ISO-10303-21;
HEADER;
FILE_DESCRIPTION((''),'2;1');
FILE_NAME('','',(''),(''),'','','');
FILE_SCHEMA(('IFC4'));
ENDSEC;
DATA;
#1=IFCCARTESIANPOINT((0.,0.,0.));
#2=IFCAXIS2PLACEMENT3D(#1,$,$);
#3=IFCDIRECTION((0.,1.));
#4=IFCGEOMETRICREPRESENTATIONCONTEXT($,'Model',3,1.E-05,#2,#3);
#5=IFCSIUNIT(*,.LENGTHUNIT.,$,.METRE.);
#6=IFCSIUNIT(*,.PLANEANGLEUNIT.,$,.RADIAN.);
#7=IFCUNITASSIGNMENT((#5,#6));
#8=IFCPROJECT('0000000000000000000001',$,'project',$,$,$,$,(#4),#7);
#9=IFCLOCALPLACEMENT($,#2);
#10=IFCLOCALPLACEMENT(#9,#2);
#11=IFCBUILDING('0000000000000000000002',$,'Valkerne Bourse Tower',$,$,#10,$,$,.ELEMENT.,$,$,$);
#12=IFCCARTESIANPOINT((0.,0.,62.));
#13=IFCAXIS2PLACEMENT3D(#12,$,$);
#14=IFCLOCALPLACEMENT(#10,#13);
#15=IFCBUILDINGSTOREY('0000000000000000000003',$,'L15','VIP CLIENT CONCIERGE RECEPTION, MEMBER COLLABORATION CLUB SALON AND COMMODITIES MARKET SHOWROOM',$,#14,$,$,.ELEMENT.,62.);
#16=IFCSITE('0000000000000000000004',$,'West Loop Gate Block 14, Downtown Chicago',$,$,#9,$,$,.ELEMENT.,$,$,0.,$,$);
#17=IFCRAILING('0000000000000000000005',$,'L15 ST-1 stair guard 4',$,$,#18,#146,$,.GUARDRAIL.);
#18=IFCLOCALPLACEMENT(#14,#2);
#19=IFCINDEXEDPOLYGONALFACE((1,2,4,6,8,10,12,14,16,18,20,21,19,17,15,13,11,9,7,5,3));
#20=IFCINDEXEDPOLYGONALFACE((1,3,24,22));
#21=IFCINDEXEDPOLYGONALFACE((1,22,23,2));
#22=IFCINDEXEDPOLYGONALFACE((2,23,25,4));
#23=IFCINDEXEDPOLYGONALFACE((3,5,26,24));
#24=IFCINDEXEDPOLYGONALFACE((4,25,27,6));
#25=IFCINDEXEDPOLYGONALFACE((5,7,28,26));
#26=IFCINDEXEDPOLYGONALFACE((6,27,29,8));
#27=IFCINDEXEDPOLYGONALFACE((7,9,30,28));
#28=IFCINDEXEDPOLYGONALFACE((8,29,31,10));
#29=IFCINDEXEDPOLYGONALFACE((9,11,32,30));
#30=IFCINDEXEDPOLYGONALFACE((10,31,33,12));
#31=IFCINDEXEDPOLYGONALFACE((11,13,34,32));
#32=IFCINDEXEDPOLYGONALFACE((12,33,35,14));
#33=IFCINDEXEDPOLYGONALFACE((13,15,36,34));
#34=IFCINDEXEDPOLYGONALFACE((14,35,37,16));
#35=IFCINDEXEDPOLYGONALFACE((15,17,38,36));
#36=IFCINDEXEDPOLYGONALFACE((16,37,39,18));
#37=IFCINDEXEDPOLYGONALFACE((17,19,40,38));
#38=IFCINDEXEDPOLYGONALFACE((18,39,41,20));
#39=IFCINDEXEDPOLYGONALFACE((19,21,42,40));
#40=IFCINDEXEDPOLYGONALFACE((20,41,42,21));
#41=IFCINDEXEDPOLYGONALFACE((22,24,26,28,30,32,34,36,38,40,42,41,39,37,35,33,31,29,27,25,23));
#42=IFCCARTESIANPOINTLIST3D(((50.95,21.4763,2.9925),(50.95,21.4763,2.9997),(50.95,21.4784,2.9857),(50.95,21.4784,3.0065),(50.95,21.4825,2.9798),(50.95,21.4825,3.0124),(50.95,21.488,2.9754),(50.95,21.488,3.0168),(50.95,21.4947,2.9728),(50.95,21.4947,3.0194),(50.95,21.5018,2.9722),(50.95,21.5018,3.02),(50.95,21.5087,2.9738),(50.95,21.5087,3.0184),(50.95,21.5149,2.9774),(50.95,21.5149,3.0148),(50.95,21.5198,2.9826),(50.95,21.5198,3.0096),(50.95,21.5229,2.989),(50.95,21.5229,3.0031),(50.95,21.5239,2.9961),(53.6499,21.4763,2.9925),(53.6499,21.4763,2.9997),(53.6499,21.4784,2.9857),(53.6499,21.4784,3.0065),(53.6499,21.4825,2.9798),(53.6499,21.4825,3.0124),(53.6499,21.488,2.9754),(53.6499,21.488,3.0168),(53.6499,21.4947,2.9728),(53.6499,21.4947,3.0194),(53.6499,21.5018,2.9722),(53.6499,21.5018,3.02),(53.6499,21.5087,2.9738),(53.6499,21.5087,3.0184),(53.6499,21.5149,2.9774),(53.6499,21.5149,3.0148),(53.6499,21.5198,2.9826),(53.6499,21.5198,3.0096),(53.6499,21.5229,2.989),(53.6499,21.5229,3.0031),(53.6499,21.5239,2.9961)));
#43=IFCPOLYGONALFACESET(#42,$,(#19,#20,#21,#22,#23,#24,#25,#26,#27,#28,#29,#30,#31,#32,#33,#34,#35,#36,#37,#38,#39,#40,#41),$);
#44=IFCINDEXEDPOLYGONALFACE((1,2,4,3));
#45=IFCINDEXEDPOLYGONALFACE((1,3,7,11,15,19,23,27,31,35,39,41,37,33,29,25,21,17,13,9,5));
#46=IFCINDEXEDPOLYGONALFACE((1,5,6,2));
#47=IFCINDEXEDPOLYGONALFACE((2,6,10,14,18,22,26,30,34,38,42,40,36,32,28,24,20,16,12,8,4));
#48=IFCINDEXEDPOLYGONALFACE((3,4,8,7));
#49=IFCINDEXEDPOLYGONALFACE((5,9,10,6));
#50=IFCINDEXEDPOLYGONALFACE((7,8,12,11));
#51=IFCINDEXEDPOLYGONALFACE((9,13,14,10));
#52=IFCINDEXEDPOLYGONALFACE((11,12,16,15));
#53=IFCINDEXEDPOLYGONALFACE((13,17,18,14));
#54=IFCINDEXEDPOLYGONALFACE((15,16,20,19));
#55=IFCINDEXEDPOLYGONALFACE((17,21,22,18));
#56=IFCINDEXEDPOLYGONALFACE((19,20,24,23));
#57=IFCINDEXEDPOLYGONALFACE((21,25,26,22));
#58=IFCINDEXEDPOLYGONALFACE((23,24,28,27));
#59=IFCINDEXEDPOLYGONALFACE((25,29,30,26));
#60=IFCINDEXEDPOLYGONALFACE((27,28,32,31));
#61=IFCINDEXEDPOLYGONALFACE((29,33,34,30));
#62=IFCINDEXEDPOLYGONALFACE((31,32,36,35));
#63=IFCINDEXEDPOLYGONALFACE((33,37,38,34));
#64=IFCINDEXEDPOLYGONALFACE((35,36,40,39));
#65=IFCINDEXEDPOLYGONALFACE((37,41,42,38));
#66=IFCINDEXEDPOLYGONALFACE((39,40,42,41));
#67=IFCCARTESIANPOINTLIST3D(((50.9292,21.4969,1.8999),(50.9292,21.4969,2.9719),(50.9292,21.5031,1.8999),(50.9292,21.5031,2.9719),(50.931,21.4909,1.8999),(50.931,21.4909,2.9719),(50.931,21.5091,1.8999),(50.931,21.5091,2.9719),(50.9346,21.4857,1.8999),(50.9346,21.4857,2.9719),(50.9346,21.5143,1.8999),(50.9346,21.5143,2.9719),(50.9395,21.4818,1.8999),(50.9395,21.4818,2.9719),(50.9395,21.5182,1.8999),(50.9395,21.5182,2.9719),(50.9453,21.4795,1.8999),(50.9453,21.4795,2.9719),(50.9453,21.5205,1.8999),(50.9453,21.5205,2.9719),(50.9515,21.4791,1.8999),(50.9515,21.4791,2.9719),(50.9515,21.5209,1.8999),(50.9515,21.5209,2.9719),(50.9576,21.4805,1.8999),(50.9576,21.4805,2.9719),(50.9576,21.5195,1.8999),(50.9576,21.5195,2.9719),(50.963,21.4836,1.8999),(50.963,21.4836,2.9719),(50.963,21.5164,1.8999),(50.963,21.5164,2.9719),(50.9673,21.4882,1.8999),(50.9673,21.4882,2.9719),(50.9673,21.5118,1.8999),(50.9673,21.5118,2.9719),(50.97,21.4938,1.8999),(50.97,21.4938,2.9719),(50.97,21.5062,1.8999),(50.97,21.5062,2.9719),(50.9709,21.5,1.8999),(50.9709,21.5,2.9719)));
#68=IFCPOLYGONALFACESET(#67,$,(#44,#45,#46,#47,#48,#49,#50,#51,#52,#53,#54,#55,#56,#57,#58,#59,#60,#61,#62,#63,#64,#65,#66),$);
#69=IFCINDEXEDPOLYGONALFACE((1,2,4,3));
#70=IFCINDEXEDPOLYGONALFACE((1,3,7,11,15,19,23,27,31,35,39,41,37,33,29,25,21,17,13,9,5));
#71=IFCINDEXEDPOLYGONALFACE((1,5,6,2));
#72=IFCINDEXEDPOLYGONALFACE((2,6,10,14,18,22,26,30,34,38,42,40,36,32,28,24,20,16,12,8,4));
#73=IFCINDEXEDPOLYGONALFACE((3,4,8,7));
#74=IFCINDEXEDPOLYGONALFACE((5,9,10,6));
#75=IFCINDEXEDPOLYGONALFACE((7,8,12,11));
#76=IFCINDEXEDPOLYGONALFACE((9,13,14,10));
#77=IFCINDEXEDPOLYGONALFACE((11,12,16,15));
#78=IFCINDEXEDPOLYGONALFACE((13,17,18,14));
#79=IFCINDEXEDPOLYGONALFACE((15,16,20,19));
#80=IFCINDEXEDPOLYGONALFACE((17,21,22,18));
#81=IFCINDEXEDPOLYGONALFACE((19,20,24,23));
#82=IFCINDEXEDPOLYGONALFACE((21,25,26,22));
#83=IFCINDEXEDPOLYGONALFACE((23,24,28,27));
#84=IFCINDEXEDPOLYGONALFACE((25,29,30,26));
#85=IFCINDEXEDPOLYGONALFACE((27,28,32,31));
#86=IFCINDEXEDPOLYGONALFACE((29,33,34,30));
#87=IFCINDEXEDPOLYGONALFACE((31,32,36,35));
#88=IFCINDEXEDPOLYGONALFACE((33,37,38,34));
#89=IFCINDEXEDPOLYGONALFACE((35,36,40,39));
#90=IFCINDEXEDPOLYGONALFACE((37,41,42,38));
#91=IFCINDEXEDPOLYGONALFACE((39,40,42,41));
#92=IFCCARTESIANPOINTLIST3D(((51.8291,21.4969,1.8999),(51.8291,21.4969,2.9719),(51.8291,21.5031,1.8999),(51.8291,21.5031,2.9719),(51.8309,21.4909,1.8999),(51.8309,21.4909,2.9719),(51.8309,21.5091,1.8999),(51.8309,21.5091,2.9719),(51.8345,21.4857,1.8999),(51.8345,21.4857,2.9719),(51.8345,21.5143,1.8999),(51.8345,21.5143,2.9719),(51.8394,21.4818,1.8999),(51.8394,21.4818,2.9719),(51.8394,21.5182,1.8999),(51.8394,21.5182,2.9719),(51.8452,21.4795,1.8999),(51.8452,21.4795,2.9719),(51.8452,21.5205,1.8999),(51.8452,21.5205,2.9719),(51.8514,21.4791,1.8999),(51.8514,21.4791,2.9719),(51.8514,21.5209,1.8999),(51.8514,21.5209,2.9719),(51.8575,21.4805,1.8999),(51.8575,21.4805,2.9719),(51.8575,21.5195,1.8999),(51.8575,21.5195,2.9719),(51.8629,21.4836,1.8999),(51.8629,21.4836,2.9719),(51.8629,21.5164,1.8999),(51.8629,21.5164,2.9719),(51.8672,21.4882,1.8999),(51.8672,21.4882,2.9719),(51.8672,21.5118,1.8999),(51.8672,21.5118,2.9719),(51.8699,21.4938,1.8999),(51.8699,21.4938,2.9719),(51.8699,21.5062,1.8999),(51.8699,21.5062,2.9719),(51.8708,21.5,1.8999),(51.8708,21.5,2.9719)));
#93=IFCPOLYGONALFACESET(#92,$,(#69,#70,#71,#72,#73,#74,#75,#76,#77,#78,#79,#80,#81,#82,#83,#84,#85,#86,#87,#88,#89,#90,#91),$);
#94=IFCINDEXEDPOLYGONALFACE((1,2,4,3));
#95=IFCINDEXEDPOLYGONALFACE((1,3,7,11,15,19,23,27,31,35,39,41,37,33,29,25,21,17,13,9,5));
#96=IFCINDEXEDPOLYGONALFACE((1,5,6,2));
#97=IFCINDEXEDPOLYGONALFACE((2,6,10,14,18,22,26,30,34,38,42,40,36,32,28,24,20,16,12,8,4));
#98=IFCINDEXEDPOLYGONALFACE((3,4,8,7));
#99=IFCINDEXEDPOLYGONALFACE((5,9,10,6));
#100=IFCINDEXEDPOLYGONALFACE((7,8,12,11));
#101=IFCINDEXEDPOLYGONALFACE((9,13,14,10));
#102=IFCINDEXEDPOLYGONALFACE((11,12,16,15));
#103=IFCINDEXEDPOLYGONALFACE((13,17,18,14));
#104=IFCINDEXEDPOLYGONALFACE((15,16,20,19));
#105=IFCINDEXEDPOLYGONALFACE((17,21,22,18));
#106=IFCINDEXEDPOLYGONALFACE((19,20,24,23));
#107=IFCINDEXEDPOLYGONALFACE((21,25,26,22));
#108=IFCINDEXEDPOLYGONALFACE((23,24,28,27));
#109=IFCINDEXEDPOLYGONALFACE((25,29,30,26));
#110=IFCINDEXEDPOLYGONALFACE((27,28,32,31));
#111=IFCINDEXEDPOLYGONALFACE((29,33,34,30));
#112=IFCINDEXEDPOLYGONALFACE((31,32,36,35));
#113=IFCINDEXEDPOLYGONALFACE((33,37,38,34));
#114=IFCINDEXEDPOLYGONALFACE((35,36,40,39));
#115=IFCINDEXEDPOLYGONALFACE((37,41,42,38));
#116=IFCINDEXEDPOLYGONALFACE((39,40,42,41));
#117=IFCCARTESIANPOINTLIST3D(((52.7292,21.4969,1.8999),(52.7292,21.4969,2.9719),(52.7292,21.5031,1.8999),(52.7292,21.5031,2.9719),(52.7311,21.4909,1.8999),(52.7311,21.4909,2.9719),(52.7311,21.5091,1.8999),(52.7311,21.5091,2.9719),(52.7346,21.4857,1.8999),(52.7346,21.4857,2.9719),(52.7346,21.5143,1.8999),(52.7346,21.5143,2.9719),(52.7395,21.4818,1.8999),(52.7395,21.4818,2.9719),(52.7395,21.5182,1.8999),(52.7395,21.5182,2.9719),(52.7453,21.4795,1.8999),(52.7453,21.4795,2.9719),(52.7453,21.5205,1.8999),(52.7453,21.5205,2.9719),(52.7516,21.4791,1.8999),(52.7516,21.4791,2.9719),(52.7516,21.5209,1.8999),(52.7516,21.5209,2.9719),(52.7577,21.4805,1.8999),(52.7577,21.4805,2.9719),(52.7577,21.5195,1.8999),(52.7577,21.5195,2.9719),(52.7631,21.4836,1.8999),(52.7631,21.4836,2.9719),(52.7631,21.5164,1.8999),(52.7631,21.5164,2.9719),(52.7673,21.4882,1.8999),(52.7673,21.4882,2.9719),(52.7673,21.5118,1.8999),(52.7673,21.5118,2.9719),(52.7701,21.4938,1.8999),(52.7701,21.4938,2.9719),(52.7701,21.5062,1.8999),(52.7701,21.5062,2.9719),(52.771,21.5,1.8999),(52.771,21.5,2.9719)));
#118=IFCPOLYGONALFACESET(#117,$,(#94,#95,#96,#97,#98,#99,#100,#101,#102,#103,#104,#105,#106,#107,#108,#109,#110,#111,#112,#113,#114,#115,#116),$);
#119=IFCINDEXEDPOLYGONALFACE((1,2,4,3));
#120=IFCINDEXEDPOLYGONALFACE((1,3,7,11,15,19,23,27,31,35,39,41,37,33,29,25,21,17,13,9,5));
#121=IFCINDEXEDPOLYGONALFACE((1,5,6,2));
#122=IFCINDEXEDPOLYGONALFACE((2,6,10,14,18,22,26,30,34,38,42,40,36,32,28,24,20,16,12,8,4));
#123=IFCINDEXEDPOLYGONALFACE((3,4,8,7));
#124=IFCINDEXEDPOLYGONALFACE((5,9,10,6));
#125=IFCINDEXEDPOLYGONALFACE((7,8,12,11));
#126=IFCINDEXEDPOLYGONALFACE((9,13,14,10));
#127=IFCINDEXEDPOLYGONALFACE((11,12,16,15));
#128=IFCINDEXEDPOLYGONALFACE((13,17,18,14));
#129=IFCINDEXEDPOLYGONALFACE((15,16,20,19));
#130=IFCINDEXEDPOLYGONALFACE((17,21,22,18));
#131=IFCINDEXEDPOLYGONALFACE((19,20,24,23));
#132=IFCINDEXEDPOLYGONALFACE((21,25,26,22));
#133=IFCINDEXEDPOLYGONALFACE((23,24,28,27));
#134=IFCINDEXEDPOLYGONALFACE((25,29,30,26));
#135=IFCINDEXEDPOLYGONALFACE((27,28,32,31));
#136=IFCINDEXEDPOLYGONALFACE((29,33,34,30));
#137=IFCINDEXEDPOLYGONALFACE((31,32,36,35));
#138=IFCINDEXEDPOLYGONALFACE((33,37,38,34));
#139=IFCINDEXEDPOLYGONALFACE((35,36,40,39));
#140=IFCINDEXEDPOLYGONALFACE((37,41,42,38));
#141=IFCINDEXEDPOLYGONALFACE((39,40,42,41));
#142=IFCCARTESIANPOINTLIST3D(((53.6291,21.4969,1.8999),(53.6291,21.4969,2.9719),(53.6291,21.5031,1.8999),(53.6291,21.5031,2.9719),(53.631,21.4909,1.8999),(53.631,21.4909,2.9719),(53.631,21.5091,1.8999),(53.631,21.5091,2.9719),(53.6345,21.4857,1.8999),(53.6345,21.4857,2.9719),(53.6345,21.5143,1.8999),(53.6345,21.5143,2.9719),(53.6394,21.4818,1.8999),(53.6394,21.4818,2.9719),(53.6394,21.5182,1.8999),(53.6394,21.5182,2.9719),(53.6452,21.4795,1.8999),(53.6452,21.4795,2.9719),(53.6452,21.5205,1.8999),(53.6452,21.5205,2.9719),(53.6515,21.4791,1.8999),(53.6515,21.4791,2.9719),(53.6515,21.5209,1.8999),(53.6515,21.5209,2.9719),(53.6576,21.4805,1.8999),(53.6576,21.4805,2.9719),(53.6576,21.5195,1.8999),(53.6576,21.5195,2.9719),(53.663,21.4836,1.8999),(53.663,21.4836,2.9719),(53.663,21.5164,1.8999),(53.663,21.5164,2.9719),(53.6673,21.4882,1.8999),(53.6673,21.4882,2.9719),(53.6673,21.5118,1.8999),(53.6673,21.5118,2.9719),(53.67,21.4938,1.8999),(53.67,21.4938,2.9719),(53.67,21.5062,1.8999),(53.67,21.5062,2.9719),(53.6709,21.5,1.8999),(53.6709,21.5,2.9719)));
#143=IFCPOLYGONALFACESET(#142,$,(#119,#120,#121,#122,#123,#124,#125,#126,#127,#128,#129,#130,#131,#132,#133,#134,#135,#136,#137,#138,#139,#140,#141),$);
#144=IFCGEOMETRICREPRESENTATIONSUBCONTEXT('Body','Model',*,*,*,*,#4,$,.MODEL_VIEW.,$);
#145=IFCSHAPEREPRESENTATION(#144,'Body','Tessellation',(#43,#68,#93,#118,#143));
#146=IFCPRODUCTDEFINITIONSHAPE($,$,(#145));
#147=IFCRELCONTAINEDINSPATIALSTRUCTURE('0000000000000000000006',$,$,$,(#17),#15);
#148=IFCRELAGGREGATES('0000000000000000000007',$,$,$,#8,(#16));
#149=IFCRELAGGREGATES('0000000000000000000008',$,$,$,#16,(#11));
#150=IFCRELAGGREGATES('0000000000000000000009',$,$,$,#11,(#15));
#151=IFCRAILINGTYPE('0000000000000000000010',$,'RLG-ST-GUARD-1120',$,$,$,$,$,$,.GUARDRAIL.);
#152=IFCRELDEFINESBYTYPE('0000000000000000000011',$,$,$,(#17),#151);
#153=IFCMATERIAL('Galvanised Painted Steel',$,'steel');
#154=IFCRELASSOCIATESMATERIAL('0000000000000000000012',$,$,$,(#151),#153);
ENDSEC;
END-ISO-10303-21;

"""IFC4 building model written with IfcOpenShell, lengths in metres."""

from ifc_helpers import new_model, si_unit, direction, frame, origin, origin_2d, place, context, subcontext, project, spatial, circle, extrude, material, type_object, element, save


model = new_model("IFC4")

# Units and contexts
model_context = context("Model", 3, precision=1e-05, world=origin(), true_north=direction((0.0, 1.0)))
body_context = subcontext(model_context, "Body", "Model", "MODEL_VIEW")
ifc_project = project(units=[si_unit("LENGTHUNIT", "METRE"), si_unit("PLANEANGLEUNIT", "RADIAN")], contexts=[model_context])

# Site, building, storey
site_placement = place(None, origin())
site = spatial("IfcSite", under=ifc_project, at=site_placement, Name="West Loop Gate Block 14, Downtown Chicago", CompositionType="ELEMENT", RefElevation=0.0)
building_placement = place(site_placement, origin())
building = spatial("IfcBuilding", under=site, at=building_placement, Name="Valkerne Bourse Tower", CompositionType="ELEMENT")
storey_placement = place(building_placement, frame((0.0, 0.0, 62.0)))
storey = spatial("IfcBuildingStorey", under=building, at=storey_placement, Name="L15", Description="VIP CLIENT CONCIERGE RECEPTION, MEMBER COLLABORATION CLUB SALON AND COMMODITIES MARKET SHOWROOM", CompositionType="ELEMENT", Elevation=62.0)

# Shared definitions
ifc_material_1 = material(Name="Galvanised Painted Steel", Category="steel")

# Railing
railing_type_1 = type_object("IfcRailingType", Name="RLG-ST-GUARD-1120", PredefinedType="GUARDRAIL", material=ifc_material_1)
for number, where, name in (
    (1, (50.95, 21.5, 1.8999), "L15 ST-1 stair guard 4"),
):
    element("IfcRailing", number, at=place(storey_placement, frame(where)), inside=storey, type_object=railing_type_1, Name=name, PredefinedType="GUARDRAIL", context=body_context, shape_type="SweptSolid", body=[
        extrude(circle(Radius=0.0239, at=origin_2d()), frame((0.0, 0.0, 1.0962), z_axis=(1.0, 0.0, 0.0), x_axis=(0.0, 1.0, 0.0)), (0.0, 0.0, 1.0), 2.7),
        extrude(circle(Radius=0.021, at=origin_2d()), origin(), (0.0, 0.0, 1.0), 1.072),
        extrude(circle(Radius=0.021, at=origin_2d()), frame((0.8999, 0.0, 0.0)), (0.0, 0.0, 1.0), 1.072),
        extrude(circle(Radius=0.021, at=origin_2d()), frame((1.8, 0.0, 0.0)), (0.0, 0.0, 1.0), 1.072),
        extrude(circle(Radius=0.021, at=origin_2d()), frame((2.7, 0.0, 0.0)), (0.0, 0.0, 1.0), 1.072),
    ])

save(model, "model.ifc")
